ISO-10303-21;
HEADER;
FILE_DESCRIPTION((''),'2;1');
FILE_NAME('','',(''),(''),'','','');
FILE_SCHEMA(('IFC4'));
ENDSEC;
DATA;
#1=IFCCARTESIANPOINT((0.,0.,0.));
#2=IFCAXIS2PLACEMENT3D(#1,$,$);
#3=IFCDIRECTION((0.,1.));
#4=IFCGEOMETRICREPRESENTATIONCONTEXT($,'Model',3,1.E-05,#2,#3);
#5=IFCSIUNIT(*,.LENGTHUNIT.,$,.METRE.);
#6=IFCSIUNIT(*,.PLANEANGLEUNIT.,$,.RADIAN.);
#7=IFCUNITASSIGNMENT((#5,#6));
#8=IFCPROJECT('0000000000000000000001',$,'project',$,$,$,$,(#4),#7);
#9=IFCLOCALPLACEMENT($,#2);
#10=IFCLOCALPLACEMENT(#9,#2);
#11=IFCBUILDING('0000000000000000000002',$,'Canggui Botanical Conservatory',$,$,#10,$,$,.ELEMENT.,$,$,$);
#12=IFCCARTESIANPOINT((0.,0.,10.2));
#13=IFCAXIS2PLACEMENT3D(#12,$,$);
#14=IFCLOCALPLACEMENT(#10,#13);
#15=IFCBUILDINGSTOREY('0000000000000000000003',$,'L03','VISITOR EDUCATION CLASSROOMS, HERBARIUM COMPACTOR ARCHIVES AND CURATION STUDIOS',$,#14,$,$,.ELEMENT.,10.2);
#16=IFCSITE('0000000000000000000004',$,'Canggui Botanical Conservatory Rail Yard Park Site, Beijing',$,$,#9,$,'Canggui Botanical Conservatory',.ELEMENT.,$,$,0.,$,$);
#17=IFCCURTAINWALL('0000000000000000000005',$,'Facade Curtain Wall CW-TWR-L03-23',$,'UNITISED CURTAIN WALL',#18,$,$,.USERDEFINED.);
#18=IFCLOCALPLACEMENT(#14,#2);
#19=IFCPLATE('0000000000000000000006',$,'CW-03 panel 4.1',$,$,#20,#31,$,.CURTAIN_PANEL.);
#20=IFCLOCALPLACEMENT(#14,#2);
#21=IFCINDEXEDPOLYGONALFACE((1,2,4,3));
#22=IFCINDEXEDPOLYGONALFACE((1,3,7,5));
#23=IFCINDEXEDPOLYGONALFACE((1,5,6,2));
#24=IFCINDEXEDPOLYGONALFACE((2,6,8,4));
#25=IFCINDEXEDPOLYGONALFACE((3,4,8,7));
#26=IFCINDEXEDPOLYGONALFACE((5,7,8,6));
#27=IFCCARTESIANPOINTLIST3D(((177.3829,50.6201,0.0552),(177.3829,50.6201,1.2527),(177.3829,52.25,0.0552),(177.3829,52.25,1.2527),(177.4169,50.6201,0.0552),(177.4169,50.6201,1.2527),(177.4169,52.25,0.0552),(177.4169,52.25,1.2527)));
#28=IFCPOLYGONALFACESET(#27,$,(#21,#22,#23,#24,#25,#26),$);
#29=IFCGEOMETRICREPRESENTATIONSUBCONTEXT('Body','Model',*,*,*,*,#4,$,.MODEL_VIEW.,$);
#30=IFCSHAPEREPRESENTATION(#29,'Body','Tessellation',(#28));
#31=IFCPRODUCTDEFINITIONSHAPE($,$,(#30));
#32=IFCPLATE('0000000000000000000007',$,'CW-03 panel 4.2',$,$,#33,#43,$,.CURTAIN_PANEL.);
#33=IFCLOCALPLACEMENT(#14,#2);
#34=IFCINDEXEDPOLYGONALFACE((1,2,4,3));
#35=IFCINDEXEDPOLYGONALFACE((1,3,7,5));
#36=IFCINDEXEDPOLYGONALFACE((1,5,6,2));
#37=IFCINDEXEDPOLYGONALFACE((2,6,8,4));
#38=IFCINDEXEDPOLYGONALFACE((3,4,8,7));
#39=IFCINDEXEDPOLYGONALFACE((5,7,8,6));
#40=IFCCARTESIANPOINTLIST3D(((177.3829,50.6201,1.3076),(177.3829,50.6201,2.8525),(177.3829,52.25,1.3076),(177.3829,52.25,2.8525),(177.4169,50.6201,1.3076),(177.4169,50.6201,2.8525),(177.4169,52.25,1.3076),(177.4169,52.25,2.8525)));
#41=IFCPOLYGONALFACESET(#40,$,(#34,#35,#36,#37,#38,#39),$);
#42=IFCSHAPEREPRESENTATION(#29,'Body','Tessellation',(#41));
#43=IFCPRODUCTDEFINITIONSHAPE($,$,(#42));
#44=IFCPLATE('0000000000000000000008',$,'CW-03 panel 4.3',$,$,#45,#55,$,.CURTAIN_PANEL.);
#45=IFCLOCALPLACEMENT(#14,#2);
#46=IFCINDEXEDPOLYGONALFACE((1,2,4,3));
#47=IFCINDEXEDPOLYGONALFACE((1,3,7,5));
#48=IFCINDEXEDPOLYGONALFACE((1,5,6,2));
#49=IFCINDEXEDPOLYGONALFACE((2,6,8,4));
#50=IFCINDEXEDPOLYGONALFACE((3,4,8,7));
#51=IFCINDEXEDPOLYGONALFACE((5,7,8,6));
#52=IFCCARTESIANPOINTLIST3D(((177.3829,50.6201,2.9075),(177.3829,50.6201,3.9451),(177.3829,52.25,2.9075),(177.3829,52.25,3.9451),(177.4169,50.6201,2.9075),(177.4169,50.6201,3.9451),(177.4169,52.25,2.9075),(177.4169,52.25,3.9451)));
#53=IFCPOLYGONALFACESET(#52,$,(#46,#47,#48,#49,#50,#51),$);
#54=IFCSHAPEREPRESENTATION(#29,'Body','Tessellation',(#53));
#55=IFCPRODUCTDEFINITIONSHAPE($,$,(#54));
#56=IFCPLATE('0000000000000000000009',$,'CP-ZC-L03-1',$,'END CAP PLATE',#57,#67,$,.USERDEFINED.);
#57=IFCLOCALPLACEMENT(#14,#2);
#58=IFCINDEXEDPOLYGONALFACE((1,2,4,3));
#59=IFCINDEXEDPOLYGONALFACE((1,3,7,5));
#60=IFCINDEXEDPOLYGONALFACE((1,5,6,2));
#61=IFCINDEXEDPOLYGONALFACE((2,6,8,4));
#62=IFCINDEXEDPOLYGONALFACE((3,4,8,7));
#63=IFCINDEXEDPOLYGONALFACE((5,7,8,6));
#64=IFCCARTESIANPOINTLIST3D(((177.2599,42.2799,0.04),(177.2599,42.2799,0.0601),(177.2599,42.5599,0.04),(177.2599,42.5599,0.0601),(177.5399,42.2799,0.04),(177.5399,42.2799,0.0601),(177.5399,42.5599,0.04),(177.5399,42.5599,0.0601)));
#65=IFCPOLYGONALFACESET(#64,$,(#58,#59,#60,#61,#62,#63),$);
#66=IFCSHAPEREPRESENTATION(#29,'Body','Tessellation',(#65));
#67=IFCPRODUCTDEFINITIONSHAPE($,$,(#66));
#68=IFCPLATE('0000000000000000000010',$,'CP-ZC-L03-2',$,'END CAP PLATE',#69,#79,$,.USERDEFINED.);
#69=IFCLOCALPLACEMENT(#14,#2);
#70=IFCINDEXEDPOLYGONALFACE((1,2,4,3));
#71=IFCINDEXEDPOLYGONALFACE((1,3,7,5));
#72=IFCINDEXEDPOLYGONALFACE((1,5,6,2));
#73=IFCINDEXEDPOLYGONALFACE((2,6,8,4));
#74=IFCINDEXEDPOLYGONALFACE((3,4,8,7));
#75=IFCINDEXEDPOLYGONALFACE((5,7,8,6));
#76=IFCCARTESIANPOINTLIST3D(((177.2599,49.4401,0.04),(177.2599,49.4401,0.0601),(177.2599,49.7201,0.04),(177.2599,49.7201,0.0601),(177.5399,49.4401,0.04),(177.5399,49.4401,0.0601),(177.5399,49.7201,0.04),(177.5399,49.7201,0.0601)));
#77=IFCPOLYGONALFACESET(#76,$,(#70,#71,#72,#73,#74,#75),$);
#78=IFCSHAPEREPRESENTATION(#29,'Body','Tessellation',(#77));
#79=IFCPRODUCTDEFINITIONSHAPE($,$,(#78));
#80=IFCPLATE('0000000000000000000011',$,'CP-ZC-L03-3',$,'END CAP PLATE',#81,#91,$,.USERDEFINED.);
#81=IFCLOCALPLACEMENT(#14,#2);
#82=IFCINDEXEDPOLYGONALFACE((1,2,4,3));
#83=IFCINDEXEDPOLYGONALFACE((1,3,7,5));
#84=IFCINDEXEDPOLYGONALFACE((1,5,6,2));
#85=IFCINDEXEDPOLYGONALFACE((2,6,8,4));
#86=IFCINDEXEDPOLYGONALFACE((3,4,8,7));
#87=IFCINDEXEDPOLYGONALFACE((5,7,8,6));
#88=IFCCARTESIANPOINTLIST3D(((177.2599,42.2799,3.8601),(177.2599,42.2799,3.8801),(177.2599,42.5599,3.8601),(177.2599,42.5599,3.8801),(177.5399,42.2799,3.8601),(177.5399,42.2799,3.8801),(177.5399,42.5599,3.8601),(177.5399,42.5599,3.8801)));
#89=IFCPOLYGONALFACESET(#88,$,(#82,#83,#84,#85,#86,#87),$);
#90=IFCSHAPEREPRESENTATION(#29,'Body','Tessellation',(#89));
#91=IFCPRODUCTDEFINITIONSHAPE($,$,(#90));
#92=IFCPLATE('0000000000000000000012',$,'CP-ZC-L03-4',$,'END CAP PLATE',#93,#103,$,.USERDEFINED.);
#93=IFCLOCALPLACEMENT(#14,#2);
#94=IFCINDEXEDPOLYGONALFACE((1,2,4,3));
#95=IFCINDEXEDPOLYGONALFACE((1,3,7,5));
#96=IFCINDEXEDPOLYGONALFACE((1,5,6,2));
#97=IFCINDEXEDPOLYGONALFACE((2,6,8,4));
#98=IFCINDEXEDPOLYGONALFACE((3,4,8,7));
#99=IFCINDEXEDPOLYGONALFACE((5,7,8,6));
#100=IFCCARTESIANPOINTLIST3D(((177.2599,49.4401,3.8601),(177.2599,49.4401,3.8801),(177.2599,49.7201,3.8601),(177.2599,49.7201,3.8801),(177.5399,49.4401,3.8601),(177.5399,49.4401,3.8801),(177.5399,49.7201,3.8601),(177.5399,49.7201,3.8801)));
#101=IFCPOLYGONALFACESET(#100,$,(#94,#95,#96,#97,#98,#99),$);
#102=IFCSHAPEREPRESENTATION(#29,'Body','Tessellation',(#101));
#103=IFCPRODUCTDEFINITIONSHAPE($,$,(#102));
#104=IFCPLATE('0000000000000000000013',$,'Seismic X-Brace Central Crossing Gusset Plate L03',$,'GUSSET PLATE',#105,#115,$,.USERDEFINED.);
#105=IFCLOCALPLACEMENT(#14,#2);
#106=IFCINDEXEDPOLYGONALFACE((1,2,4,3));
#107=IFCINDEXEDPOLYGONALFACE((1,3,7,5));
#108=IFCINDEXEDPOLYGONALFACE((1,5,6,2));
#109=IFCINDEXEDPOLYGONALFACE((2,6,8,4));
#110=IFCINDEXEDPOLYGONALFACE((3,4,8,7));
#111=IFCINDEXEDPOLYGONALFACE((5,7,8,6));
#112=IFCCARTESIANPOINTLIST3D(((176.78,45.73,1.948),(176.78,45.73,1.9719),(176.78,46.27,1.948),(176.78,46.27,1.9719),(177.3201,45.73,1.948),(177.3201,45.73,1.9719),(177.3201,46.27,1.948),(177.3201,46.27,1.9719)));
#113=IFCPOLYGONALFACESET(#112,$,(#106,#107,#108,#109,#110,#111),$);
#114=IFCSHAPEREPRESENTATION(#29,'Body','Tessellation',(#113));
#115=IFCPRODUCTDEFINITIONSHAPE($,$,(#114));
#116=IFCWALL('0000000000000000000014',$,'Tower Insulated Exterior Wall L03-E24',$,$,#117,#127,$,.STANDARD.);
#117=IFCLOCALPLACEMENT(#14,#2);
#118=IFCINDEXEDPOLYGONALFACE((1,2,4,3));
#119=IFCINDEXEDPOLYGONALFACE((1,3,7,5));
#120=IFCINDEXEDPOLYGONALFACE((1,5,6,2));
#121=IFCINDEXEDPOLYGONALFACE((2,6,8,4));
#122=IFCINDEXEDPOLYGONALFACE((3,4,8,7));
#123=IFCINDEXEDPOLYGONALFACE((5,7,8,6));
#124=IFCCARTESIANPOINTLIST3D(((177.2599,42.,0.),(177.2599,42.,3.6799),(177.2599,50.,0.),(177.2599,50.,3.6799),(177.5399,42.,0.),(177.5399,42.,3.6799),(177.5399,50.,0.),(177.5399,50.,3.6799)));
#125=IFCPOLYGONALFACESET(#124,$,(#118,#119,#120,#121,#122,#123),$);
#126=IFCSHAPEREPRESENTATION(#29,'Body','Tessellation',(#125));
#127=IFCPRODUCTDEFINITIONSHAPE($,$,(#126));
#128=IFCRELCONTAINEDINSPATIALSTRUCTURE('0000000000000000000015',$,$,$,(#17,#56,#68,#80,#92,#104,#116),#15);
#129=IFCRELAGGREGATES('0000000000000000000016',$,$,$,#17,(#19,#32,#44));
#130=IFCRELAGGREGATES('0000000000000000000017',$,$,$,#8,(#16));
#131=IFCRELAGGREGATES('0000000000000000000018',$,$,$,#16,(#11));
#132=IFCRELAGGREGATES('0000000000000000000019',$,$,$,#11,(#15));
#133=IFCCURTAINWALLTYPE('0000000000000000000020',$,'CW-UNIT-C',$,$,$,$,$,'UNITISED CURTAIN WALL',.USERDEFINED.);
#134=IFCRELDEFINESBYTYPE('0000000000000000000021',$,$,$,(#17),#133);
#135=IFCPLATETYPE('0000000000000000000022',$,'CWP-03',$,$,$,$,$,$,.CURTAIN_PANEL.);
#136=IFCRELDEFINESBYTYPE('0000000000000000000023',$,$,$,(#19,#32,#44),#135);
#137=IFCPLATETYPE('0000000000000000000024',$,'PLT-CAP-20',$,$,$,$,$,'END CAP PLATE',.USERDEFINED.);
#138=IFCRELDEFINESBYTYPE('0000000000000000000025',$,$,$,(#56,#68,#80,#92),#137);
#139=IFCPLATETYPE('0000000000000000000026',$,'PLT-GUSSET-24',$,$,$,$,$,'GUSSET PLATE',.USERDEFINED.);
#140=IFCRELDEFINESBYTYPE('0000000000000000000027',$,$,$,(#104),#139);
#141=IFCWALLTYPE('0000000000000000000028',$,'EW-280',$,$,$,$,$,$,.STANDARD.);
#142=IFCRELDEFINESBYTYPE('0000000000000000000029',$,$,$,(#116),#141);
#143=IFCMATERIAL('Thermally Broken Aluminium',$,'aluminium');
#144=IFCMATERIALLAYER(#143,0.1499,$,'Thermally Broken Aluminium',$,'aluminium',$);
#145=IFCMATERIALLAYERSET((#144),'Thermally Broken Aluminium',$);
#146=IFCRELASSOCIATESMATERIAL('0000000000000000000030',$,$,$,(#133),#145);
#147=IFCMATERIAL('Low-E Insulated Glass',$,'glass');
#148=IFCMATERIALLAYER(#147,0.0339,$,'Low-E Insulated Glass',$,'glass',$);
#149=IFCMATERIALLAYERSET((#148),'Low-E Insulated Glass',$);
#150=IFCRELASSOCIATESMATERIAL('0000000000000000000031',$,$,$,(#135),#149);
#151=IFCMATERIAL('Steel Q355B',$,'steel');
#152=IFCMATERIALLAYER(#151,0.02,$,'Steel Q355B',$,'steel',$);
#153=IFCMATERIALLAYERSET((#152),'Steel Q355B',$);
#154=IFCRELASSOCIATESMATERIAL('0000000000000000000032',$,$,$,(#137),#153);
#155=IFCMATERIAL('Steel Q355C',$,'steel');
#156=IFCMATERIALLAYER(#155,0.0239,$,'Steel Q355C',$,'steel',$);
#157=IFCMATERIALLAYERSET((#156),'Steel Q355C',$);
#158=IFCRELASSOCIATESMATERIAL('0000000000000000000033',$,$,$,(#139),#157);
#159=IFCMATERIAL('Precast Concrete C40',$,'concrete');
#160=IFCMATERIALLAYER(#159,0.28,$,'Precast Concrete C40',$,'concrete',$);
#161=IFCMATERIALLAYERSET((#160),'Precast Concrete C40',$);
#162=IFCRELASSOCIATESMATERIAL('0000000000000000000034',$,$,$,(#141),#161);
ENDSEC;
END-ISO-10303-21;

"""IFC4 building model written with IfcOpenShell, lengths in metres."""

from ifc_helpers import new_model, si_unit, direction, frame, frame_2d, origin, origin_2d, place, context, subcontext, project, spatial, rectangle, extrude, material, layer, layer_set, type_object, element, aggregate, save


model = new_model("IFC4")

# Units and contexts
model_context = context("Model", 3, precision=1e-05, world=origin(), true_north=direction((0.0, 1.0)))
body_context = subcontext(model_context, "Body", "Model", "MODEL_VIEW")
ifc_project = project(units=[si_unit("LENGTHUNIT", "METRE"), si_unit("PLANEANGLEUNIT", "RADIAN")], contexts=[model_context])

# Site, building, storey
site_placement = place(None, origin())
site = spatial("IfcSite", under=ifc_project, at=site_placement, Name="Canggui Botanical Conservatory Rail Yard Park Site, Beijing", LongName="Canggui Botanical Conservatory", CompositionType="ELEMENT", RefElevation=0.0)
building_placement = place(site_placement, origin())
building = spatial("IfcBuilding", under=site, at=building_placement, Name="Canggui Botanical Conservatory", CompositionType="ELEMENT")
storey_placement = place(building_placement, frame((0.0, 0.0, 10.2)))
storey = spatial("IfcBuildingStorey", under=building, at=storey_placement, Name="L03", Description="VISITOR EDUCATION CLASSROOMS, HERBARIUM COMPACTOR ARCHIVES AND CURATION STUDIOS", CompositionType="ELEMENT", Elevation=10.2)

# Curtain wall
ifc_material_1 = material(Name="Thermally Broken Aluminium", Category="aluminium")
ifc_layer_1 = layer(ifc_material_1, 0.1499, Name="Thermally Broken Aluminium", Category="aluminium")
ifc_layer_set_1 = layer_set([ifc_layer_1], Name="Thermally Broken Aluminium")
curtain_wall_type = type_object("IfcCurtainWallType", Name="CW-UNIT-C", ElementType="UNITISED CURTAIN WALL", PredefinedType="USERDEFINED", material=ifc_layer_set_1)
curtain_wall_1_placement = place(storey_placement, origin())
curtain_wall_1 = element("IfcCurtainWall", 1, at=curtain_wall_1_placement, inside=storey, type_object=curtain_wall_type, Name="Facade Curtain Wall CW-TWR-L03-23", ObjectType="UNITISED CURTAIN WALL", PredefinedType="USERDEFINED")

# Shared definitions
ifc_material_2 = material(Name="Steel Q355B", Category="steel")

# Plates
ifc_material_3 = material(Name="Low-E Insulated Glass", Category="glass")
ifc_layer_2 = layer(ifc_material_3, 0.0339, Name="Low-E Insulated Glass", Category="glass")
ifc_layer_set_2 = layer_set([ifc_layer_2], Name="Low-E Insulated Glass")
plate_type_1 = type_object("IfcPlateType", Name="CWP-03", PredefinedType="CURTAIN_PANEL", material=ifc_layer_set_2)
plate_1_placement = place(storey_placement, frame((177.3999, 51.4351, 0.0552), z_axis=(0.0, 0.0, 1.0), x_axis=(0.0, -1.0, 0.0)))
plate_1 = element("IfcPlate", 2, at=plate_1_placement, type_object=plate_type_1, Name="CW-03 panel 4.1", PredefinedType="CURTAIN_PANEL", context=body_context, shape_type="SweptSolid", body=[
    extrude(rectangle(XDim=1.6299, YDim=0.0339, at=origin_2d()), origin(), (0.0, 0.0, 1.0), 1.1975),
])
plate_2_placement = place(storey_placement, frame((177.3999, 51.4351, 1.3076), z_axis=(0.0, 0.0, 1.0), x_axis=(0.0, -1.0, 0.0)))
plate_2 = element("IfcPlate", 3, at=plate_2_placement, type_object=plate_type_1, Name="CW-03 panel 4.2", PredefinedType="CURTAIN_PANEL", context=body_context, shape_type="SweptSolid", body=[
    extrude(rectangle(XDim=1.6299, YDim=0.0339, at=origin_2d()), origin(), (0.0, 0.0, 1.0), 1.5449),
])
plate_3_placement = place(storey_placement, frame((177.3999, 51.4351, 2.9075), z_axis=(0.0, 0.0, 1.0), x_axis=(0.0, -1.0, 0.0)))
plate_3 = element("IfcPlate", 4, at=plate_3_placement, type_object=plate_type_1, Name="CW-03 panel 4.3", PredefinedType="CURTAIN_PANEL", context=body_context, shape_type="SweptSolid", body=[
    extrude(rectangle(XDim=1.6299, YDim=0.0339, at=origin_2d()), origin(), (0.0, 0.0, 1.0), 1.0376),
])
aggregate(curtain_wall_1, [plate_1, plate_2, plate_3])

# Plates
ifc_layer_3 = layer(ifc_material_2, 0.02, Name="Steel Q355B", Category="steel")
ifc_layer_set_3 = layer_set([ifc_layer_3], Name="Steel Q355B")
plate_type_2 = type_object("IfcPlateType", Name="PLT-CAP-20", ElementType="END CAP PLATE", PredefinedType="USERDEFINED", material=ifc_layer_set_3)
for number, where, z_axis, x_axis, name in (
    (5, (177.3999, 42.4199, 0.04), (0.0, 0.0, 1.0), (1.0, 0.0, 0.0), "CP-ZC-L03-1"),
    (6, (177.3999, 49.5801, 0.04), (0.0, 0.0, 1.0), (1.0, 0.0, 0.0), "CP-ZC-L03-2"),
    (7, (177.3999, 42.4199, 3.8601), (0.0, 0.0, 1.0), (1.0, 0.0, 0.0), "CP-ZC-L03-3"),
    (8, (177.3999, 49.5801, 3.8601), (0.0, 0.0, 1.0), (1.0, 0.0, 0.0), "CP-ZC-L03-4"),
):
    element("IfcPlate", number, at=place(storey_placement, frame(where, z_axis=z_axis, x_axis=x_axis)), inside=storey, type_object=plate_type_2, Name=name, ObjectType="END CAP PLATE", PredefinedType="USERDEFINED", context=body_context, shape_type="SweptSolid", body=[
        extrude(rectangle(XDim=0.28, YDim=0.28, at=origin_2d()), origin(), (0.0, 0.0, 1.0), 0.02),
    ])
ifc_material_4 = material(Name="Steel Q355C", Category="steel")
ifc_layer_4 = layer(ifc_material_4, 0.0239, Name="Steel Q355C", Category="steel")
ifc_layer_set_4 = layer_set([ifc_layer_4], Name="Steel Q355C")
plate_type_3 = type_object("IfcPlateType", Name="PLT-GUSSET-24", ElementType="GUSSET PLATE", PredefinedType="USERDEFINED", material=ifc_layer_set_4)
plate_4_placement = place(storey_placement, frame((177.05, 46.0, 1.948), z_axis=(0.0, 0.0, 1.0), x_axis=(1.0, 0.0, 0.0)))
element("IfcPlate", 9, at=plate_4_placement, inside=storey, type_object=plate_type_3, Name="Seismic X-Brace Central Crossing Gusset Plate L03", ObjectType="GUSSET PLATE", PredefinedType="USERDEFINED", context=body_context, shape_type="SweptSolid", body=[
    extrude(rectangle(XDim=0.54, YDim=0.54, at=origin_2d()), origin(), (0.0, 0.0, 1.0), 0.0239),
])

# Wall
ifc_material_5 = material(Name="Precast Concrete C40", Category="concrete")
ifc_layer_5 = layer(ifc_material_5, 0.28, Name="Precast Concrete C40", Category="concrete")
ifc_layer_set_5 = layer_set([ifc_layer_5], Name="Precast Concrete C40")
wall_type = type_object("IfcWallType", Name="EW-280", PredefinedType="STANDARD", material=ifc_layer_set_5)
wall_placement = place(storey_placement, frame((177.3999, 50.0, 0.0), z_axis=(0.0, 0.0, 1.0), x_axis=(0.0, -1.0, 0.0)))
element("IfcWall", 10, at=wall_placement, inside=storey, type_object=wall_type, Name="Tower Insulated Exterior Wall L03-E24", PredefinedType="STANDARD", context=body_context, shape_type="SweptSolid", body=[
    extrude(rectangle(XDim=8.0, YDim=0.28, at=frame_2d((4.0, 0.0))), origin(), (0.0, 0.0, 1.0), 3.6799),
])

save(model, "model.ifc")
